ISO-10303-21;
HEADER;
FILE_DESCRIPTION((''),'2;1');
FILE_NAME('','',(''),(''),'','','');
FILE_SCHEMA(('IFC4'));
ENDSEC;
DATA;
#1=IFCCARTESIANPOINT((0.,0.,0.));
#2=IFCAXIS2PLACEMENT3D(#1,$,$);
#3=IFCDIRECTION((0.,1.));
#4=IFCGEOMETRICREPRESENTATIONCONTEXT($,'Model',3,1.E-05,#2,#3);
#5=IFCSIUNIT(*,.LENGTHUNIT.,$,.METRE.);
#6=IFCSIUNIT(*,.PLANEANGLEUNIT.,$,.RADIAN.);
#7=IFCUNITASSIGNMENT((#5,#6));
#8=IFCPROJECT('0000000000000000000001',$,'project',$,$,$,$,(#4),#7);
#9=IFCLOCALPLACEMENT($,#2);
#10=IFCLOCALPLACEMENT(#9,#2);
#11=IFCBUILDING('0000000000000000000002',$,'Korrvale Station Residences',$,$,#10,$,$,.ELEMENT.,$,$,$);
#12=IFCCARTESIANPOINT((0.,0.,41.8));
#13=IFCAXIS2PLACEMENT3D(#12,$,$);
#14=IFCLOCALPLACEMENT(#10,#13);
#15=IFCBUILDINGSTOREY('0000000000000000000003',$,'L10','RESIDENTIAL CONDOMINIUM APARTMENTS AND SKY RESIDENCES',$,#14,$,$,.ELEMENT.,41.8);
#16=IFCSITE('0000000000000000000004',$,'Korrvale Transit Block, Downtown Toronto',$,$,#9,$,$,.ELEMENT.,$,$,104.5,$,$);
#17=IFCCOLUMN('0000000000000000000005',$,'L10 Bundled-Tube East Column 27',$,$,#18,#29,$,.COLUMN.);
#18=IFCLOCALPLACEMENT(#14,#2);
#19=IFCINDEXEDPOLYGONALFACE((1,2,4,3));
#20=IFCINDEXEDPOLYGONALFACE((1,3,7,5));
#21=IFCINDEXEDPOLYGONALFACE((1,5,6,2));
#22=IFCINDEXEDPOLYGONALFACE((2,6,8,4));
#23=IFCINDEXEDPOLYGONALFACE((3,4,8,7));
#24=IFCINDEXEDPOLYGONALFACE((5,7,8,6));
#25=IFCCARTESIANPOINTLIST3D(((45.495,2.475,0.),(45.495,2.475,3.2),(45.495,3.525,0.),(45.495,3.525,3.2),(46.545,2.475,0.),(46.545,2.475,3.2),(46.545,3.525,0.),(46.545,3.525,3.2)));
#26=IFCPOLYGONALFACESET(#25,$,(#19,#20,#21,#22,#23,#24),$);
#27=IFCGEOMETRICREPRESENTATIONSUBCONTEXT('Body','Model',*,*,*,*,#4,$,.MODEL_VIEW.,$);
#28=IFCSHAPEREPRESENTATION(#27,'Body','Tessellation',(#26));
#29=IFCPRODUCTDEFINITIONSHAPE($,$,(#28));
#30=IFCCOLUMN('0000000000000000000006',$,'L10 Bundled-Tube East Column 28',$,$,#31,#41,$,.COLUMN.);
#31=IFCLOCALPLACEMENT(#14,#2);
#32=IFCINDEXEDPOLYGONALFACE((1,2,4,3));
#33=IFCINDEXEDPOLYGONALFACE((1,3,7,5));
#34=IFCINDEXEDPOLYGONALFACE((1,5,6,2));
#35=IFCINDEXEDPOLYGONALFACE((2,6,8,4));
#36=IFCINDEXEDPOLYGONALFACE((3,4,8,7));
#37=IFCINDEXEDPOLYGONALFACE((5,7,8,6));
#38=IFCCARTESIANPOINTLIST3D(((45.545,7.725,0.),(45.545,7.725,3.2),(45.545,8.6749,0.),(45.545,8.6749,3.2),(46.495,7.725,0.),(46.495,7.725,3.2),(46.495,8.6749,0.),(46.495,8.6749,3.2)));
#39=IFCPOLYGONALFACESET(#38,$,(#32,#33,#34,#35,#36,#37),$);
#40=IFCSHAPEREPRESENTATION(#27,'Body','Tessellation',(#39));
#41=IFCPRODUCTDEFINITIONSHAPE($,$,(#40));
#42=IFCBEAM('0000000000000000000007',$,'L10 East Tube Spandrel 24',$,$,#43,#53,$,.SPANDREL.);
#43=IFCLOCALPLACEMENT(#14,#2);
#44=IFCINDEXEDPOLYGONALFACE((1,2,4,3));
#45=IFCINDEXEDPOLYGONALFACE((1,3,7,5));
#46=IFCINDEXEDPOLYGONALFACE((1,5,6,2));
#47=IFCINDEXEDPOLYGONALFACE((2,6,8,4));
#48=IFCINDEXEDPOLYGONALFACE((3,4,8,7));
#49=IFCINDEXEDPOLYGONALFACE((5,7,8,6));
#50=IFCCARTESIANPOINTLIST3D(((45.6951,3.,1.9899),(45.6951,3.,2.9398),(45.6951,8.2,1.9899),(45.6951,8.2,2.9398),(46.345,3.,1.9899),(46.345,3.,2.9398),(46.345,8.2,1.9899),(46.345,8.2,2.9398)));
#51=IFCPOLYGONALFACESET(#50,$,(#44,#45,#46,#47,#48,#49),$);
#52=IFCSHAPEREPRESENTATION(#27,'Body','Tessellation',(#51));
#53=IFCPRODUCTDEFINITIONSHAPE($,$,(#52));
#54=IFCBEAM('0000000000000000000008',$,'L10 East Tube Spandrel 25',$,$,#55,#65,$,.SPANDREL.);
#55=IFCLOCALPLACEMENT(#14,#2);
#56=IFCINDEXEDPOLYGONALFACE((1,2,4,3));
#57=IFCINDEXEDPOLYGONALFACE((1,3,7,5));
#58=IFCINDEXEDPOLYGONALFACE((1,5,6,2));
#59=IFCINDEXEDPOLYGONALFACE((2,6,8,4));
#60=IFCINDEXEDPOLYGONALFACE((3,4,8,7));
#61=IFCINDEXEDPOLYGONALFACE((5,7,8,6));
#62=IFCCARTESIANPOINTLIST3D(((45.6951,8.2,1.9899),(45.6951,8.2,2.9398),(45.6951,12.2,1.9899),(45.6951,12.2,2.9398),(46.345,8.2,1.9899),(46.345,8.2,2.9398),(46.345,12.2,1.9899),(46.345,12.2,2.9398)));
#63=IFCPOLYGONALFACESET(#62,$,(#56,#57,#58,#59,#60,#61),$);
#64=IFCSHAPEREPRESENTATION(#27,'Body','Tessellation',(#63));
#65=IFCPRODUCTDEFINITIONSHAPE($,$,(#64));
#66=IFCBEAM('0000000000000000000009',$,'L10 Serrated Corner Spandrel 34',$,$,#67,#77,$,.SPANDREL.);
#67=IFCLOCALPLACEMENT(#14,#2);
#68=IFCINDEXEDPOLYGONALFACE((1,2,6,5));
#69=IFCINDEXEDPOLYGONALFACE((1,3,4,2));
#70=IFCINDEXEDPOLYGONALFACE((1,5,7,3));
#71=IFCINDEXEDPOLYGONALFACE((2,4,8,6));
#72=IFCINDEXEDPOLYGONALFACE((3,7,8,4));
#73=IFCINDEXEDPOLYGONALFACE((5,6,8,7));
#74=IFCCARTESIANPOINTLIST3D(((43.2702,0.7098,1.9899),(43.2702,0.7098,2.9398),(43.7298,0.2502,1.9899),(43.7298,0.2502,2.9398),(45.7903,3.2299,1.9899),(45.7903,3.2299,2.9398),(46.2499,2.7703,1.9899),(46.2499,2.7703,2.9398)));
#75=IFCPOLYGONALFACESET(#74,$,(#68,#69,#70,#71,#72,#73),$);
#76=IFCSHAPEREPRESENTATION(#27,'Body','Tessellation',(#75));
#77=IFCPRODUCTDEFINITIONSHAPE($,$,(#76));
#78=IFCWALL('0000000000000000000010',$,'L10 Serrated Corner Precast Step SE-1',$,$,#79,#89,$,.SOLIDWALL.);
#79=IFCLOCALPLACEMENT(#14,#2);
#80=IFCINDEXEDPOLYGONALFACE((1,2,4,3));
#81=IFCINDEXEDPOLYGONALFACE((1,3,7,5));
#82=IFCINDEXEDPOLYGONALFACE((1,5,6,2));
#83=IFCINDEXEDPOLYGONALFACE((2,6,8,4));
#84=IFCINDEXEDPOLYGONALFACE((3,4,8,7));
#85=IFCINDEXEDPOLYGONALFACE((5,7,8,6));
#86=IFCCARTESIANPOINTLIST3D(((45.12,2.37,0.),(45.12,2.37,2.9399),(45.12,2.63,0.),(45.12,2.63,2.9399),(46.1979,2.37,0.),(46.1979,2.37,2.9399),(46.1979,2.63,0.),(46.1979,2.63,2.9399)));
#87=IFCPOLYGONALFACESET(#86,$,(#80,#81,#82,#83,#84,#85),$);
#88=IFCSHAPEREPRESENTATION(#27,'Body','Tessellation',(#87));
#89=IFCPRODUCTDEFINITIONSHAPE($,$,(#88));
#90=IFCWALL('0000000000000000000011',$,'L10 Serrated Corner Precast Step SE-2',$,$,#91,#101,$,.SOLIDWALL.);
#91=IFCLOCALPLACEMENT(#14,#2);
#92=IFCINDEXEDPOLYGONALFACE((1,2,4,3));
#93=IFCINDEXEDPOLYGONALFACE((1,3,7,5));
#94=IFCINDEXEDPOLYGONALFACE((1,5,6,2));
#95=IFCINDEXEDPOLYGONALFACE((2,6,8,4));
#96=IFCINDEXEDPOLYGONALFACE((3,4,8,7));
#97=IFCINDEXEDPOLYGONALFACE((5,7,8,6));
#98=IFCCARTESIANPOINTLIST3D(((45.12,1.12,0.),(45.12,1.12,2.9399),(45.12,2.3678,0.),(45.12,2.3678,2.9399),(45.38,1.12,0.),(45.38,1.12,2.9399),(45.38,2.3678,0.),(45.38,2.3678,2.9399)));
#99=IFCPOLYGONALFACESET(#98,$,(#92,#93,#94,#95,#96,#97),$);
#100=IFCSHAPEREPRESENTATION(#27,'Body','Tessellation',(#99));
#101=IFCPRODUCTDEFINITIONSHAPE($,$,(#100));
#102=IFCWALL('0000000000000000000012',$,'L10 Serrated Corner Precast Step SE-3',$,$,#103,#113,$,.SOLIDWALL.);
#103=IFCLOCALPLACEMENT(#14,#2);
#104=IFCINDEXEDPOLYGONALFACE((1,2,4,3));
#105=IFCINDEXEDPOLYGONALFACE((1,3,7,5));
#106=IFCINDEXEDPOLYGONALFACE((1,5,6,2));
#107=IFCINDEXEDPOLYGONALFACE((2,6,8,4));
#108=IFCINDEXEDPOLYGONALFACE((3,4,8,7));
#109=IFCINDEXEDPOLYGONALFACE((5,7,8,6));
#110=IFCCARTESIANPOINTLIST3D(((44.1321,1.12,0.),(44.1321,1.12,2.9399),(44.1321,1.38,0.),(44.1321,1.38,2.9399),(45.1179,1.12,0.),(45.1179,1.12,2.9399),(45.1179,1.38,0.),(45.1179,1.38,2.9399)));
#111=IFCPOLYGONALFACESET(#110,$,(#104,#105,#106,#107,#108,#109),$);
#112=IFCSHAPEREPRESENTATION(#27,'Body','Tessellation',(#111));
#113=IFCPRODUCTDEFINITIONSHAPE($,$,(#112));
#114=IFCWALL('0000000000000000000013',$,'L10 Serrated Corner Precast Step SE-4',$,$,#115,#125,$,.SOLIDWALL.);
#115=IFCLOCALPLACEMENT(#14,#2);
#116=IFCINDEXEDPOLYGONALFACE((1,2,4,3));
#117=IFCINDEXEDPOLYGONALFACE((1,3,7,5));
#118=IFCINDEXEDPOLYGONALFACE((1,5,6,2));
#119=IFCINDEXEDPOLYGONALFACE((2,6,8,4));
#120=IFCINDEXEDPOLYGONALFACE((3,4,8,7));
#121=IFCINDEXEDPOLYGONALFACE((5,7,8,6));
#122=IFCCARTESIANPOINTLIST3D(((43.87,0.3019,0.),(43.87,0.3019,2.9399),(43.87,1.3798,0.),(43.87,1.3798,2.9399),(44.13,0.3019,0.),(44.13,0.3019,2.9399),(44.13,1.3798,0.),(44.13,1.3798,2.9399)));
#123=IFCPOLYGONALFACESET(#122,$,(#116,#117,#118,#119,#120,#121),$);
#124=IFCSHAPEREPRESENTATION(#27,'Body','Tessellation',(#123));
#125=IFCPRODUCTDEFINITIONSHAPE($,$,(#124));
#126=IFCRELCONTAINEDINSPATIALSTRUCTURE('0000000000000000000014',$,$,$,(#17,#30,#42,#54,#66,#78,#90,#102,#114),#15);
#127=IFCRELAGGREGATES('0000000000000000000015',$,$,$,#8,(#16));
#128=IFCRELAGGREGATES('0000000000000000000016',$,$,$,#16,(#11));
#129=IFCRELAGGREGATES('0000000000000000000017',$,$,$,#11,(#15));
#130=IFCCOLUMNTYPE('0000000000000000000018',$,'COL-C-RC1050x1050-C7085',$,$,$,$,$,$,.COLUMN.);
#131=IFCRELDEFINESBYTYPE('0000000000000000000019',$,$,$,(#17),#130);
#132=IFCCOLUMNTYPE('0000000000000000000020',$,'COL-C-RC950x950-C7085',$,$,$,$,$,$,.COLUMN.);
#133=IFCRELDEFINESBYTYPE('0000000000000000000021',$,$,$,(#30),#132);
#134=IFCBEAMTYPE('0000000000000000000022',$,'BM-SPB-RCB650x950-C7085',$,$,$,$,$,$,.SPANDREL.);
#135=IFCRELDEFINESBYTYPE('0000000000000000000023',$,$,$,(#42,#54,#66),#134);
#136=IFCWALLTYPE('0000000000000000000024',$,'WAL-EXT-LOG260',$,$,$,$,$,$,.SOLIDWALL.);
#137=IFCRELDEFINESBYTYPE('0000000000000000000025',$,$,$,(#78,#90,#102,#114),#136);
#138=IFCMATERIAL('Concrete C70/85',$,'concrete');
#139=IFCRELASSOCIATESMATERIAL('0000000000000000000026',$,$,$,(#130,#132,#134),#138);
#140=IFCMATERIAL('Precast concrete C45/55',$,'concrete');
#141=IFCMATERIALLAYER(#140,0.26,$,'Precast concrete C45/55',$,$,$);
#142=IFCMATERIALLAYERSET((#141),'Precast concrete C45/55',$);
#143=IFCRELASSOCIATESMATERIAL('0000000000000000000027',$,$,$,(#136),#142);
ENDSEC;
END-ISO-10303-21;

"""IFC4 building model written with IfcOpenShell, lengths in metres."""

from ifc_helpers import new_model, si_unit, direction, frame, frame_2d, origin, origin_2d, place, context, subcontext, project, spatial, rectangle, extrude, material, layer, layer_set, material_profile, profile_set, type_object, element, save


model = new_model("IFC4")

# Units and contexts
model_context = context("Model", 3, precision=1e-05, world=origin(), true_north=direction((0.0, 1.0)))
body_context = subcontext(model_context, "Body", "Model", "MODEL_VIEW")
ifc_project = project(units=[si_unit("LENGTHUNIT", "METRE"), si_unit("PLANEANGLEUNIT", "RADIAN")], contexts=[model_context])

# Site, building, storey
site_placement = place(None, origin())
site = spatial("IfcSite", under=ifc_project, at=site_placement, Name="Korrvale Transit Block, Downtown Toronto", CompositionType="ELEMENT", RefElevation=104.5)
building_placement = place(site_placement, origin())
building = spatial("IfcBuilding", under=site, at=building_placement, Name="Korrvale Station Residences", CompositionType="ELEMENT")
storey_placement = place(building_placement, frame((0.0, 0.0, 41.8)))
storey = spatial("IfcBuildingStorey", under=building, at=storey_placement, Name="L10", Description="RESIDENTIAL CONDOMINIUM APARTMENTS AND SKY RESIDENCES", CompositionType="ELEMENT", Elevation=41.8)

# Columns
ifc_material_1 = material(Name="Concrete C70/85", Category="concrete")
ifc_material_profile_1 = material_profile(ifc_material_1, rectangle(XDim=1.05, YDim=1.05, at=origin_2d()), Name="RC1050x1050")
ifc_profile_set_1 = profile_set([ifc_material_profile_1], Name="Concrete C70/85")
column_type_1 = type_object("IfcColumnType", Name="COL-C-RC1050x1050-C7085", PredefinedType="COLUMN", material=ifc_profile_set_1)
column_1_placement = place(storey_placement, frame((46.02, 3.0, 0.0), z_axis=(0.0, 0.0, 1.0), x_axis=(1.0, 0.0, 0.0)))
element("IfcColumn", 1, at=column_1_placement, inside=storey, type_object=column_type_1, Name="L10 Bundled-Tube East Column 27", PredefinedType="COLUMN", context=body_context, shape_type="SweptSolid", body=[
    extrude(rectangle(XDim=1.05, YDim=1.05, at=origin_2d()), origin(), (0.0, 0.0, 1.0), 3.2),
])
ifc_material_profile_2 = material_profile(ifc_material_1, rectangle(XDim=0.95, YDim=0.95, at=origin_2d()), Name="RC950x950")
ifc_profile_set_2 = profile_set([ifc_material_profile_2], Name="Concrete C70/85")
column_type_2 = type_object("IfcColumnType", Name="COL-C-RC950x950-C7085", PredefinedType="COLUMN", material=ifc_profile_set_2)
column_2_placement = place(storey_placement, frame((46.02, 8.2, 0.0), z_axis=(0.0, 0.0, 1.0), x_axis=(1.0, 0.0, 0.0)))
element("IfcColumn", 2, at=column_2_placement, inside=storey, type_object=column_type_2, Name="L10 Bundled-Tube East Column 28", PredefinedType="COLUMN", context=body_context, shape_type="SweptSolid", body=[
    extrude(rectangle(XDim=0.95, YDim=0.95, at=origin_2d()), origin(), (0.0, 0.0, 1.0), 3.2),
])

# Beams
ifc_material_profile_3 = material_profile(ifc_material_1, rectangle(XDim=0.6499, YDim=0.95, at=origin_2d()), Name="RCB650x950")
ifc_profile_set_3 = profile_set([ifc_material_profile_3], Name="Concrete C70/85")
beam_type = type_object("IfcBeamType", Name="BM-SPB-RCB650x950-C7085", PredefinedType="SPANDREL", material=ifc_profile_set_3)
beam_1_placement = place(storey_placement, frame((46.02, 3.0, 2.4648), z_axis=(0.0, 1.0, 0.0), x_axis=(-1.0, 0.0, 0.0)))
element("IfcBeam", 3, at=beam_1_placement, inside=storey, type_object=beam_type, Name="L10 East Tube Spandrel 24", PredefinedType="SPANDREL", context=body_context, shape_type="SweptSolid", body=[
    extrude(rectangle(XDim=0.6499, YDim=0.95, at=origin_2d()), origin(), (0.0, 0.0, 1.0), 5.2),
])
beam_2_placement = place(storey_placement, frame((46.02, 8.2, 2.4648), z_axis=(0.0, 1.0, 0.0), x_axis=(-1.0, 0.0, 0.0)))
element("IfcBeam", 4, at=beam_2_placement, inside=storey, type_object=beam_type, Name="L10 East Tube Spandrel 25", PredefinedType="SPANDREL", context=body_context, shape_type="SweptSolid", body=[
    extrude(rectangle(XDim=0.6499, YDim=0.95, at=origin_2d()), origin(), (0.0, 0.0, 1.0), 4.0),
])
beam_3_placement = place(storey_placement, frame((43.5, 0.48, 2.4648), z_axis=(0.707107, 0.707107, 0.0), x_axis=(-0.707107, 0.707107, 0.0)))
element("IfcBeam", 5, at=beam_3_placement, inside=storey, type_object=beam_type, Name="L10 Serrated Corner Spandrel 34", PredefinedType="SPANDREL", context=body_context, shape_type="SweptSolid", body=[
    extrude(rectangle(XDim=0.6499, YDim=0.95, at=origin_2d()), origin(), (0.0, 0.0, 1.0), 3.564),
])

# Walls
ifc_material_2 = material(Name="Precast concrete C45/55", Category="concrete")
ifc_layer_1 = layer(ifc_material_2, 0.26, Name="Precast concrete C45/55")
ifc_layer_set_1 = layer_set([ifc_layer_1], Name="Precast concrete C45/55")
wall_type_1 = type_object("IfcWallType", Name="WAL-EXT-LOG260", PredefinedType="SOLIDWALL", material=ifc_layer_set_1)
wall_1_placement = place(storey_placement, frame((46.198, 2.5, 0.0), z_axis=(0.0, 0.0, 1.0), x_axis=(-1.0, 0.0, 0.0)))
element("IfcWall", 6, at=wall_1_placement, inside=storey, type_object=wall_type_1, Name="L10 Serrated Corner Precast Step SE-1", PredefinedType="SOLIDWALL", context=body_context, shape_type="SweptSolid", body=[
    extrude(rectangle(XDim=1.0779, YDim=0.26, at=frame_2d((0.5391, 0.0))), origin(), (0.0, 0.0, 1.0), 2.9399),
])
wall_2_placement = place(storey_placement, frame((45.25, 2.3679, 0.0), z_axis=(0.0, 0.0, 1.0), x_axis=(0.0, -1.0, 0.0)))
element("IfcWall", 7, at=wall_2_placement, inside=storey, type_object=wall_type_1, Name="L10 Serrated Corner Precast Step SE-2", PredefinedType="SOLIDWALL", context=body_context, shape_type="SweptSolid", body=[
    extrude(rectangle(XDim=1.2478, YDim=0.26, at=frame_2d((0.624, 0.0))), origin(), (0.0, 0.0, 1.0), 2.9399),
])
wall_3_placement = place(storey_placement, frame((45.1179, 1.25, 0.0), z_axis=(0.0, 0.0, 1.0), x_axis=(-1.0, 0.0, 0.0)))
element("IfcWall", 8, at=wall_3_placement, inside=storey, type_object=wall_type_1, Name="L10 Serrated Corner Precast Step SE-3", PredefinedType="SOLIDWALL", context=body_context, shape_type="SweptSolid", body=[
    extrude(rectangle(XDim=0.9858, YDim=0.26, at=frame_2d((0.4929, 0.0))), origin(), (0.0, 0.0, 1.0), 2.9399),
])
wall_4_placement = place(storey_placement, frame((44.0, 1.3799, 0.0), z_axis=(0.0, 0.0, 1.0), x_axis=(0.0, -1.0, 0.0)))
element("IfcWall", 9, at=wall_4_placement, inside=storey, type_object=wall_type_1, Name="L10 Serrated Corner Precast Step SE-4", PredefinedType="SOLIDWALL", context=body_context, shape_type="SweptSolid", body=[
    extrude(rectangle(XDim=1.0779, YDim=0.26, at=frame_2d((0.5391, 0.0))), origin(), (0.0, 0.0, 1.0), 2.9399),
])

save(model, "model.ifc")
